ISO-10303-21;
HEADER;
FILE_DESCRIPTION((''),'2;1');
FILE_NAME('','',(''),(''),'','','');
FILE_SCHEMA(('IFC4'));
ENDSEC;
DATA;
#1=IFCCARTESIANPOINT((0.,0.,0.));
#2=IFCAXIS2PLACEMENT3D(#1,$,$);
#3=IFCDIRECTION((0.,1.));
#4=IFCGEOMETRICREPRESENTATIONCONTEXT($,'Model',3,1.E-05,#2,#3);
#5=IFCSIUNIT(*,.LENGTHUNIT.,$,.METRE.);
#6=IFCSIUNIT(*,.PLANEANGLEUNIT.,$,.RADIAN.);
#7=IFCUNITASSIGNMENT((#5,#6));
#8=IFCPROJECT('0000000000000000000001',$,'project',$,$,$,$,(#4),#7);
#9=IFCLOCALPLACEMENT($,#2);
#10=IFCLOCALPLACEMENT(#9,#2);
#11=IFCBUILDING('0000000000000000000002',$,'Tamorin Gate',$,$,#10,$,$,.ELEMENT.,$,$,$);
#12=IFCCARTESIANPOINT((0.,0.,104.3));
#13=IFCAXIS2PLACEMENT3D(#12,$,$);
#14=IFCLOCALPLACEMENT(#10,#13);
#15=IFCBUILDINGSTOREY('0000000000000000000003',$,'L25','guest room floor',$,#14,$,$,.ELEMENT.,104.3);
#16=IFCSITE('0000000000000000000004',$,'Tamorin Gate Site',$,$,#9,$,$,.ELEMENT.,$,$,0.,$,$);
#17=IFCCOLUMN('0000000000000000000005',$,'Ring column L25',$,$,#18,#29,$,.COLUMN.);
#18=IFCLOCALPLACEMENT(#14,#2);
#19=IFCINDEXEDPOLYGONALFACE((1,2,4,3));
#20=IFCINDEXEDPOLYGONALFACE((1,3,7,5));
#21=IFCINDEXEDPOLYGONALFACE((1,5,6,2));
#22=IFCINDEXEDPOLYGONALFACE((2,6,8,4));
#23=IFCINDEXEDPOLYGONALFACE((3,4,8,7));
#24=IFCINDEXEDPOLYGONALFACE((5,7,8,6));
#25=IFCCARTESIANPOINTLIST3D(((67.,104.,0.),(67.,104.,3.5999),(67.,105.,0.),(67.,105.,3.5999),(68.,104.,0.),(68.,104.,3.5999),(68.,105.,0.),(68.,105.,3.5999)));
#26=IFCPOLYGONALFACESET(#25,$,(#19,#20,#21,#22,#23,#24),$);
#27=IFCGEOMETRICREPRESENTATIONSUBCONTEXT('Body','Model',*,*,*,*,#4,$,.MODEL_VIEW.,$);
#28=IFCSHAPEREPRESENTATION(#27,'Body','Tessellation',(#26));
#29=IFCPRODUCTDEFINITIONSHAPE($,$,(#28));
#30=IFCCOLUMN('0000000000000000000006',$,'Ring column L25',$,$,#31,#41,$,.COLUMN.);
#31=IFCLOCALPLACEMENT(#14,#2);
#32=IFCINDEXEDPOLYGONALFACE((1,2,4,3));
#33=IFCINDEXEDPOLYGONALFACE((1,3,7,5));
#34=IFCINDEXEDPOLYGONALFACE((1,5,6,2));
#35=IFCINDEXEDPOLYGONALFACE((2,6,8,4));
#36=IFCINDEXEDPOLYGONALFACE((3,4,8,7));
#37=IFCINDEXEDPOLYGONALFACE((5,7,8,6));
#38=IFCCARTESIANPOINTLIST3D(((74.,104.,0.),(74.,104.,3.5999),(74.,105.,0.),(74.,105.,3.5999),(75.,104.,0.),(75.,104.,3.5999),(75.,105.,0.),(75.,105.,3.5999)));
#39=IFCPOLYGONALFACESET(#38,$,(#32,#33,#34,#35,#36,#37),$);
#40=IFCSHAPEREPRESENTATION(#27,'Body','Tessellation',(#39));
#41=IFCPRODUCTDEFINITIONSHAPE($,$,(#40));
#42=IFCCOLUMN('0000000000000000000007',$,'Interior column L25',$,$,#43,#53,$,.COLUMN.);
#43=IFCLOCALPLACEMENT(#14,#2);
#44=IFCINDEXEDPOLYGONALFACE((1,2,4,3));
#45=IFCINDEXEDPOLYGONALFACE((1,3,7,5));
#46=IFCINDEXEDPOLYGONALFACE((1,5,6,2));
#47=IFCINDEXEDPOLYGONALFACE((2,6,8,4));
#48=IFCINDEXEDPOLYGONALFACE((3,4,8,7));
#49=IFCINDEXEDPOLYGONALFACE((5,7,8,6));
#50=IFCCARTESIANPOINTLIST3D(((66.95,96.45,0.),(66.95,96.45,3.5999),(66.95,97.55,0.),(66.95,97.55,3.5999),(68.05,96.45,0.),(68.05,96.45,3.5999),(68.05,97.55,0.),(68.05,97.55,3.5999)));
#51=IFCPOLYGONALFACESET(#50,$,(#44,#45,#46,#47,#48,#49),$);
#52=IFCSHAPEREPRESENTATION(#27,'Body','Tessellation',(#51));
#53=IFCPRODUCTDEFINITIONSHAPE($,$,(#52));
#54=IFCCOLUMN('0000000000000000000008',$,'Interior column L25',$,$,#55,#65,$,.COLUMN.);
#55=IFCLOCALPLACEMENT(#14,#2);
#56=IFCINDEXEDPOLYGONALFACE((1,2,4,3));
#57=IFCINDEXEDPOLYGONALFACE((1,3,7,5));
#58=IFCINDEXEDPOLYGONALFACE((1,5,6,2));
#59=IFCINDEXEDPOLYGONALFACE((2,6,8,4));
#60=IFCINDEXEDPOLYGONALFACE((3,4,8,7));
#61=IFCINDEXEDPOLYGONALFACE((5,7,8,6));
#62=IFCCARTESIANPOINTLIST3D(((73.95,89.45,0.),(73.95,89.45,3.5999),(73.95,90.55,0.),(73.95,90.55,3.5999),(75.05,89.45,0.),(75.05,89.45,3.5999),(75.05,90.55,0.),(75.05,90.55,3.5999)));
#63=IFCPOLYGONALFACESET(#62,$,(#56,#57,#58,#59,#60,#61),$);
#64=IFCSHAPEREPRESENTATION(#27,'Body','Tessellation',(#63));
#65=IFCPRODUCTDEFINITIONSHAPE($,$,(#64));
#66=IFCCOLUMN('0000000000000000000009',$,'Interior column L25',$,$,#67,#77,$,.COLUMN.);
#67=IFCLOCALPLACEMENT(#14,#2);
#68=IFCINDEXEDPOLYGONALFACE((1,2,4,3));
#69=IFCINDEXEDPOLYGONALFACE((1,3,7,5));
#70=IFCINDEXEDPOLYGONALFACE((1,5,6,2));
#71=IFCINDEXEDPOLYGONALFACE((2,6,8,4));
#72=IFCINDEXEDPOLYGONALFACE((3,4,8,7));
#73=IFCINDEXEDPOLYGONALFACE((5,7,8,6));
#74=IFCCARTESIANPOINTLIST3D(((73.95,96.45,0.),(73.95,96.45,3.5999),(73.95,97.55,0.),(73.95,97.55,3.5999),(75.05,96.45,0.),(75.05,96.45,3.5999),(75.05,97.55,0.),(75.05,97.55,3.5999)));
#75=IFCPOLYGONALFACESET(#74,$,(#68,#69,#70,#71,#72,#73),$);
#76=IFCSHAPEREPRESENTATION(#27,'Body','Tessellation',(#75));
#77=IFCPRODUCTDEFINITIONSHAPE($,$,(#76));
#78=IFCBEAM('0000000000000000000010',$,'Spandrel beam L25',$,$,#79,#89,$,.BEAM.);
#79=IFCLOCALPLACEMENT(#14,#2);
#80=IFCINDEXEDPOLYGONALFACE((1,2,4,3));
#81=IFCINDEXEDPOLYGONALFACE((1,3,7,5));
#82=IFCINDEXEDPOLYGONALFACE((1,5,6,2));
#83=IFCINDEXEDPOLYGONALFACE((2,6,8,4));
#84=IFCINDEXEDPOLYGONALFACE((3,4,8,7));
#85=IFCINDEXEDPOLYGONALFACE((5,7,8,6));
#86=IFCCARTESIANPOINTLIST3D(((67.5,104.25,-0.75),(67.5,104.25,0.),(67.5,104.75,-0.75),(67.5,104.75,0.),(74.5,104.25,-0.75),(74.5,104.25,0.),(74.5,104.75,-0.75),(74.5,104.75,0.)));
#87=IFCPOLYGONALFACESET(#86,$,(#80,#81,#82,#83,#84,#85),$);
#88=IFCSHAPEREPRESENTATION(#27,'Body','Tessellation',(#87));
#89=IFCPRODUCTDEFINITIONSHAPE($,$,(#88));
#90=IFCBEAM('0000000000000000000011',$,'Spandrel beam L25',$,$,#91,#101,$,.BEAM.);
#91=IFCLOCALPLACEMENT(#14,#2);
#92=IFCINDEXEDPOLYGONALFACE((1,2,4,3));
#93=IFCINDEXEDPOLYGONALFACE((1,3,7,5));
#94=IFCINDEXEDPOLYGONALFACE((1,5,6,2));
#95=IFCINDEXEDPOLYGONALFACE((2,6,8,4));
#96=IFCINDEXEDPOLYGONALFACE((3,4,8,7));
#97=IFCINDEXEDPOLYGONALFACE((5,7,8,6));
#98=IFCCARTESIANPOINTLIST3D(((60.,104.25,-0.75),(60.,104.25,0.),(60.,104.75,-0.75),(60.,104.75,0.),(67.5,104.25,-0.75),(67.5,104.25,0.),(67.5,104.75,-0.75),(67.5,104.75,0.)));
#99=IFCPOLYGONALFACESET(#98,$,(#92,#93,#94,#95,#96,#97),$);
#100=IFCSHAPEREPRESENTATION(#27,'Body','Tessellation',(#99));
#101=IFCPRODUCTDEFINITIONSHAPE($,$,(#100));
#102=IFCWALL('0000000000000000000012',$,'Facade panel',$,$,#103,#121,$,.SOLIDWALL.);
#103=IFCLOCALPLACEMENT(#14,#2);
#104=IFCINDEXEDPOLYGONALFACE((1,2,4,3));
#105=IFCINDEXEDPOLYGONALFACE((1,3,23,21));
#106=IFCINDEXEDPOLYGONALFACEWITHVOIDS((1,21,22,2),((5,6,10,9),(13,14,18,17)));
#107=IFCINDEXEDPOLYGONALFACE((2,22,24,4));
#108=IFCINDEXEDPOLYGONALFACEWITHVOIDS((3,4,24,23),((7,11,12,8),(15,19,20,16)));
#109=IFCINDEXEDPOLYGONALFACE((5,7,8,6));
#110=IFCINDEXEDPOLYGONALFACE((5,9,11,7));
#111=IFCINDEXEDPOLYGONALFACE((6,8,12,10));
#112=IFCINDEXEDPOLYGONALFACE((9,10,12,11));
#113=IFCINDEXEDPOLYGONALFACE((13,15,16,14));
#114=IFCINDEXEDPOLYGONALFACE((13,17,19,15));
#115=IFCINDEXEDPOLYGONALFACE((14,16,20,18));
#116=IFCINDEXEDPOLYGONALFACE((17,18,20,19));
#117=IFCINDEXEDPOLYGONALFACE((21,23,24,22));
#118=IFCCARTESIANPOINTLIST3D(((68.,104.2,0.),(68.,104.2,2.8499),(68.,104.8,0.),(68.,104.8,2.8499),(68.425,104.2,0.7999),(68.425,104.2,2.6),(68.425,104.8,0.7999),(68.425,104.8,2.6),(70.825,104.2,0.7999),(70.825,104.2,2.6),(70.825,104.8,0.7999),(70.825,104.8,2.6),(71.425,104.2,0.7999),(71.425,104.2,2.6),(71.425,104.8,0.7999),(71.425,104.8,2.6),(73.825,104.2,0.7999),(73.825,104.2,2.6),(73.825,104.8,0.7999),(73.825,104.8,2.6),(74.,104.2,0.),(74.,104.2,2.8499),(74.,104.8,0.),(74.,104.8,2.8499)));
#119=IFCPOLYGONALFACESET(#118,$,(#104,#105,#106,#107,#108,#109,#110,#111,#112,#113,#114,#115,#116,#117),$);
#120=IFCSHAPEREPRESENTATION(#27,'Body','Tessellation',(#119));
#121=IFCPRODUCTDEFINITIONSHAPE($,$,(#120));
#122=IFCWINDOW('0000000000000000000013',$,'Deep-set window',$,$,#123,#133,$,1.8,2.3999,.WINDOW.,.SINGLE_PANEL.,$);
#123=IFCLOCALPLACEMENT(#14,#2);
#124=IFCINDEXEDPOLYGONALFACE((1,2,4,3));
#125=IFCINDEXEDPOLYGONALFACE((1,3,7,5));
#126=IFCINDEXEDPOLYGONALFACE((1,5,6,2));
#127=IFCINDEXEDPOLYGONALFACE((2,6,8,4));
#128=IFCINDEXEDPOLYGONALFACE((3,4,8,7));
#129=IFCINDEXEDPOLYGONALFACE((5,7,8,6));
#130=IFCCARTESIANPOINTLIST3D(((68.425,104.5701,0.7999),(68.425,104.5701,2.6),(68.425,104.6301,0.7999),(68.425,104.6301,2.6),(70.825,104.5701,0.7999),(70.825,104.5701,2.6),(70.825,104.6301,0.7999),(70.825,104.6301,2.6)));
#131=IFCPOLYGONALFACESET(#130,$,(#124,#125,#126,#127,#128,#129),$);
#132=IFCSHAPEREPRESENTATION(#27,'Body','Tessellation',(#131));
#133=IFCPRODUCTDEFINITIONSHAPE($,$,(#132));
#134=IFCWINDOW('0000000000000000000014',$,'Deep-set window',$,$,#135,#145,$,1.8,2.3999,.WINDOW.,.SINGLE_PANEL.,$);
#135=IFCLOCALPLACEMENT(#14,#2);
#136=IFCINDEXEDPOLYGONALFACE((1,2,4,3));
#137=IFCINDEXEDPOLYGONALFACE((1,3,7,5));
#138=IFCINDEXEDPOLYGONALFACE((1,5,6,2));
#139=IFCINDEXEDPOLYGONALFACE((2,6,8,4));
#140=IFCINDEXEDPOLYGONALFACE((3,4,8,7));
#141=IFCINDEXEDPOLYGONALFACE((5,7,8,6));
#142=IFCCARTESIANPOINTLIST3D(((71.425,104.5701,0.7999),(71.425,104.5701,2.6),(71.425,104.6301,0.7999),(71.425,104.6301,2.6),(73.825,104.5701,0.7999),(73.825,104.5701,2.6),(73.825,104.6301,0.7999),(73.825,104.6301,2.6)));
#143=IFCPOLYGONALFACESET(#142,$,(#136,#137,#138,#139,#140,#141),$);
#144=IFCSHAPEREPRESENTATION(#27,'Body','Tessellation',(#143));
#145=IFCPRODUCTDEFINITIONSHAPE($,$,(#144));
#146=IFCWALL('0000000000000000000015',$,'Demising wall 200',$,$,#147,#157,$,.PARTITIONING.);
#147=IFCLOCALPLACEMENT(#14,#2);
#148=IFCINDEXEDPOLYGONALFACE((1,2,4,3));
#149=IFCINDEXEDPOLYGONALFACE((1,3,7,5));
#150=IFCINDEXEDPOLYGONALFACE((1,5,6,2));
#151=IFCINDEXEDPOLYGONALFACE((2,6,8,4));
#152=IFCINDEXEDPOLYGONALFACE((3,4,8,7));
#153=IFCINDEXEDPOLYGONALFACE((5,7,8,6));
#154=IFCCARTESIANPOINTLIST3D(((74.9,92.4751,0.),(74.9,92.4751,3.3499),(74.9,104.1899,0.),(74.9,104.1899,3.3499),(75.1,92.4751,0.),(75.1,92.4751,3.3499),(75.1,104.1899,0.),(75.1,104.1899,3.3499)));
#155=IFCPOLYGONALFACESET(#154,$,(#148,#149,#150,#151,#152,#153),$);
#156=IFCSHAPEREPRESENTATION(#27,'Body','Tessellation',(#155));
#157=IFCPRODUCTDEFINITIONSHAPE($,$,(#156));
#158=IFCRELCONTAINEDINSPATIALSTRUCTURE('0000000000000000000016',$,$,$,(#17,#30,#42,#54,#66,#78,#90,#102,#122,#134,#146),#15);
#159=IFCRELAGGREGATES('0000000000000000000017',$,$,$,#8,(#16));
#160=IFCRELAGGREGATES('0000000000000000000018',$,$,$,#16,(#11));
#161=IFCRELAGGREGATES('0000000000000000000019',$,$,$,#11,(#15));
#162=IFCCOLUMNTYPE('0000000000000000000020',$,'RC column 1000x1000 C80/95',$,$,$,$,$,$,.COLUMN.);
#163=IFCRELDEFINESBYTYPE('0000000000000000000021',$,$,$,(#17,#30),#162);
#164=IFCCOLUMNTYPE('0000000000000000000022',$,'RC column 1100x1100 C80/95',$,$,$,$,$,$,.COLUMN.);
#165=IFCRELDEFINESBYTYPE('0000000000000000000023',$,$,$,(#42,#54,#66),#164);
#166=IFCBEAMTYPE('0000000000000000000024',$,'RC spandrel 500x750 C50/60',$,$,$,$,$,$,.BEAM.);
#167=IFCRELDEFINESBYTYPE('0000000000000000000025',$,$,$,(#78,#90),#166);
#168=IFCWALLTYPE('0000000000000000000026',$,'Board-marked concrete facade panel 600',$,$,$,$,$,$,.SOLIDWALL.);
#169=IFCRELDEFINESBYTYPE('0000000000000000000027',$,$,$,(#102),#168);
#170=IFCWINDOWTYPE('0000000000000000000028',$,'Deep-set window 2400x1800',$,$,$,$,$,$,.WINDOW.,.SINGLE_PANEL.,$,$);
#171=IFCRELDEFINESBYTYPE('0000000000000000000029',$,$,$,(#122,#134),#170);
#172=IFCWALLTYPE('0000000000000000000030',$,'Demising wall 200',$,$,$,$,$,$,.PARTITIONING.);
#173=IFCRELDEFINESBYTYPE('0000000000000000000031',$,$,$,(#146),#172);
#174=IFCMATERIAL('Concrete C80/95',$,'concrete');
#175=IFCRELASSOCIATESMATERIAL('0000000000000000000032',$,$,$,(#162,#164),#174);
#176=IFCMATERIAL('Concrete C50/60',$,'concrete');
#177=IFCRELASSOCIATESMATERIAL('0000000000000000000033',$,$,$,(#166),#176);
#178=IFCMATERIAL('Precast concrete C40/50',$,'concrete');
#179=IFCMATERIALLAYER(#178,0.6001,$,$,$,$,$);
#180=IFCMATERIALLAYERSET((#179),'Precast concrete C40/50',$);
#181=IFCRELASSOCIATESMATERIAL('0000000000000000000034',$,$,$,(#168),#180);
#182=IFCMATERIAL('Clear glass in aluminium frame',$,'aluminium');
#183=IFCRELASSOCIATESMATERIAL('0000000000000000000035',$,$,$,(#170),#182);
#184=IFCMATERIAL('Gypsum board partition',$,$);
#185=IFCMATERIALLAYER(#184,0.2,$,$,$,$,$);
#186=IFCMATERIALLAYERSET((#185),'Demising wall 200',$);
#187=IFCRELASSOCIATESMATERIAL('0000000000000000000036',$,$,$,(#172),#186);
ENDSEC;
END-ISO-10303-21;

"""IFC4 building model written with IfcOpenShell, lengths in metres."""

from ifc_helpers import new_model, si_unit, direction, frame, frame_2d, origin, origin_2d, place, context, subcontext, project, spatial, rectangle, extrude, material, layer, layer_set, material_profile, profile_set, type_object, element, fill, save


model = new_model("IFC4")

# Units and contexts
model_context = context("Model", 3, precision=1e-05, world=origin(), true_north=direction((0.0, 1.0)))
body_context = subcontext(model_context, "Body", "Model", "MODEL_VIEW")
ifc_project = project(units=[si_unit("LENGTHUNIT", "METRE"), si_unit("PLANEANGLEUNIT", "RADIAN")], contexts=[model_context])

# Site, building, storey
site_placement = place(None, origin())
site = spatial("IfcSite", under=ifc_project, at=site_placement, Name="Tamorin Gate Site", CompositionType="ELEMENT", RefElevation=0.0)
building_placement = place(site_placement, origin())
building = spatial("IfcBuilding", under=site, at=building_placement, Name="Tamorin Gate", CompositionType="ELEMENT")
storey_placement = place(building_placement, frame((0.0, 0.0, 104.3)))
storey = spatial("IfcBuildingStorey", under=building, at=storey_placement, Name="L25", Description="guest room floor", CompositionType="ELEMENT", Elevation=104.3)

# Columns
ifc_material_1 = material(Name="Concrete C80/95", Category="concrete")
ifc_material_profile_1 = material_profile(ifc_material_1, rectangle(XDim=1.0, YDim=1.0, at=origin_2d()), Name="RC 1000x1000")
ifc_profile_set_1 = profile_set([ifc_material_profile_1], Name="Concrete C80/95")
column_type_1 = type_object("IfcColumnType", Name="RC column 1000x1000 C80/95", PredefinedType="COLUMN", material=ifc_profile_set_1)
for number, where, z_axis, x_axis, name in (
    (1, (67.5, 104.5, 0.0), (0.0, 0.0, 1.0), (1.0, 0.0, 0.0), "Ring column L25"),
    (2, (74.5, 104.5, 0.0), (0.0, 0.0, 1.0), (1.0, 0.0, 0.0), "Ring column L25"),
):
    element("IfcColumn", number, at=place(storey_placement, frame(where, z_axis=z_axis, x_axis=x_axis)), inside=storey, type_object=column_type_1, Name=name, PredefinedType="COLUMN", context=body_context, shape_type="SweptSolid", body=[
        extrude(rectangle(XDim=1.0, YDim=1.0, at=origin_2d()), origin(), (0.0, 0.0, 1.0), 3.5999),
    ])
ifc_material_profile_2 = material_profile(ifc_material_1, rectangle(XDim=1.1001, YDim=1.1001, at=origin_2d()), Name="RC 1100x1100")
ifc_profile_set_2 = profile_set([ifc_material_profile_2], Name="Concrete C80/95")
column_type_2 = type_object("IfcColumnType", Name="RC column 1100x1100 C80/95", PredefinedType="COLUMN", material=ifc_profile_set_2)
for number, where, z_axis, x_axis, name in (
    (3, (67.5, 97.0, 0.0), (0.0, 0.0, 1.0), (1.0, 0.0, 0.0), "Interior column L25"),
    (4, (74.5, 90.0, 0.0), (0.0, 0.0, 1.0), (1.0, 0.0, 0.0), "Interior column L25"),
    (5, (74.5, 97.0, 0.0), (0.0, 0.0, 1.0), (1.0, 0.0, 0.0), "Interior column L25"),
):
    element("IfcColumn", number, at=place(storey_placement, frame(where, z_axis=z_axis, x_axis=x_axis)), inside=storey, type_object=column_type_2, Name=name, PredefinedType="COLUMN", context=body_context, shape_type="SweptSolid", body=[
        extrude(rectangle(XDim=1.1001, YDim=1.1001, at=origin_2d()), origin(), (0.0, 0.0, 1.0), 3.5999),
    ])

# Beams
ifc_material_2 = material(Name="Concrete C50/60", Category="concrete")
ifc_material_profile_3 = material_profile(ifc_material_2, rectangle(XDim=0.5, YDim=0.75, at=origin_2d()), Name="RC 500x750")
ifc_profile_set_3 = profile_set([ifc_material_profile_3], Name="Concrete C50/60")
beam_type = type_object("IfcBeamType", Name="RC spandrel 500x750 C50/60", PredefinedType="BEAM", material=ifc_profile_set_3)
beam_1_placement = place(storey_placement, frame((74.5, 104.5, -0.375), z_axis=(-1.0, 0.0, 0.0), x_axis=(0.0, -1.0, 0.0)))
element("IfcBeam", 6, at=beam_1_placement, inside=storey, type_object=beam_type, Name="Spandrel beam L25", PredefinedType="BEAM", context=body_context, shape_type="SweptSolid", body=[
    extrude(rectangle(XDim=0.5, YDim=0.75, at=origin_2d()), origin(), (0.0, 0.0, 1.0), 7.0),
])
beam_2_placement = place(storey_placement, frame((67.5, 104.5, -0.375), z_axis=(-1.0, 0.0, 0.0), x_axis=(0.0, -1.0, 0.0)))
element("IfcBeam", 7, at=beam_2_placement, inside=storey, type_object=beam_type, Name="Spandrel beam L25", PredefinedType="BEAM", context=body_context, shape_type="SweptSolid", body=[
    extrude(rectangle(XDim=0.5, YDim=0.75, at=origin_2d()), origin(), (0.0, 0.0, 1.0), 7.5),
])

# Wall, openings, windows
ifc_material_3 = material(Name="Precast concrete C40/50", Category="concrete")
ifc_layer_1 = layer(ifc_material_3, 0.6001)
ifc_layer_set_1 = layer_set([ifc_layer_1], Name="Precast concrete C40/50")
wall_type_1 = type_object("IfcWallType", Name="Board-marked concrete facade panel 600", PredefinedType="SOLIDWALL", material=ifc_layer_set_1)
wall_1_placement = place(storey_placement, frame((74.0, 104.5, 0.0), z_axis=(0.0, 0.0, 1.0), x_axis=(-1.0, 0.0, 0.0)))
wall_1 = element("IfcWall", 8, at=wall_1_placement, inside=storey, type_object=wall_type_1, Name="Facade panel", PredefinedType="SOLIDWALL", context=body_context, shape_type="SweptSolid", body=[
    extrude(rectangle(XDim=6.0, YDim=0.6001, at=frame_2d((3.0, 0.0))), origin(), (0.0, 0.0, 1.0), 2.8499),
])
opening_1_placement = place(wall_1_placement, frame((3.175, 0.0, 0.8)))
opening_1 = element("IfcOpeningElement", 9, at=opening_1_placement, cuts=wall_1, PredefinedType="OPENING", context=body_context, shape_type="SweptSolid", body=[
    extrude(rectangle(XDim=2.3999, YDim=1.8, at=frame_2d((1.2, 0.8999))), frame((0.0, 0.3101, 0.0), z_axis=(0.0, -1.0, 0.0), x_axis=(1.0, 0.0, 0.0)), (0.0, 0.0, 1.0), 0.6201),
])
opening_2_placement = place(wall_1_placement, frame((0.175, 0.0, 0.8)))
opening_2 = element("IfcOpeningElement", 10, at=opening_2_placement, cuts=wall_1, PredefinedType="OPENING", context=body_context, shape_type="SweptSolid", body=[
    extrude(rectangle(XDim=2.3999, YDim=1.8, at=frame_2d((1.2, 0.8999))), frame((0.0, 0.3101, 0.0), z_axis=(0.0, -1.0, 0.0), x_axis=(1.0, 0.0, 0.0)), (0.0, 0.0, 1.0), 0.6201),
])
ifc_material_4 = material(Name="Clear glass in aluminium frame", Category="aluminium")
window_type = type_object("IfcWindowType", Name="Deep-set window 2400x1800", PartitioningType="SINGLE_PANEL", PredefinedType="WINDOW", material=ifc_material_4)
window_1_placement = place(opening_1_placement, origin())
window_1 = element("IfcWindow", 11, at=window_1_placement, inside=storey, type_object=window_type, Name="Deep-set window", OverallHeight=1.8, OverallWidth=2.3999, PartitioningType="SINGLE_PANEL", PredefinedType="WINDOW", context=body_context, shape_type="SweptSolid", body=[
    extrude(rectangle(XDim=2.3999, YDim=1.8, at=frame_2d((1.2, 0.8999))), frame((0.0, -0.0701, 0.0), z_axis=(0.0, -1.0, 0.0), x_axis=(1.0, 0.0, 0.0)), (0.0, 0.0, 1.0), 0.0601),
])
fill(opening_1, window_1)
window_2_placement = place(opening_2_placement, origin())
window_2 = element("IfcWindow", 12, at=window_2_placement, inside=storey, type_object=window_type, Name="Deep-set window", OverallHeight=1.8, OverallWidth=2.3999, PartitioningType="SINGLE_PANEL", PredefinedType="WINDOW", context=body_context, shape_type="SweptSolid", body=[
    extrude(rectangle(XDim=2.3999, YDim=1.8, at=frame_2d((1.2, 0.8999))), frame((0.0, -0.0701, 0.0), z_axis=(0.0, -1.0, 0.0), x_axis=(1.0, 0.0, 0.0)), (0.0, 0.0, 1.0), 0.0601),
])
fill(opening_2, window_2)

# Wall
ifc_material_5 = material(Name="Gypsum board partition")
ifc_layer_2 = layer(ifc_material_5, 0.2)
ifc_layer_set_2 = layer_set([ifc_layer_2], Name="Demising wall 200")
wall_type_2 = type_object("IfcWallType", Name="Demising wall 200", PredefinedType="PARTITIONING", material=ifc_layer_set_2)
wall_2_placement = place(storey_placement, frame((75.0, 92.4751, 0.0), z_axis=(0.0, 0.0, 1.0), x_axis=(0.0, 1.0, 0.0)))
element("IfcWall", 13, at=wall_2_placement, inside=storey, type_object=wall_type_2, Name="Demising wall 200", PredefinedType="PARTITIONING", context=body_context, shape_type="SweptSolid", body=[
    extrude(rectangle(XDim=11.7148, YDim=0.2, at=frame_2d((5.8574, 0.0))), origin(), (0.0, 0.0, 1.0), 3.3499),
])

save(model, "model.ifc")
